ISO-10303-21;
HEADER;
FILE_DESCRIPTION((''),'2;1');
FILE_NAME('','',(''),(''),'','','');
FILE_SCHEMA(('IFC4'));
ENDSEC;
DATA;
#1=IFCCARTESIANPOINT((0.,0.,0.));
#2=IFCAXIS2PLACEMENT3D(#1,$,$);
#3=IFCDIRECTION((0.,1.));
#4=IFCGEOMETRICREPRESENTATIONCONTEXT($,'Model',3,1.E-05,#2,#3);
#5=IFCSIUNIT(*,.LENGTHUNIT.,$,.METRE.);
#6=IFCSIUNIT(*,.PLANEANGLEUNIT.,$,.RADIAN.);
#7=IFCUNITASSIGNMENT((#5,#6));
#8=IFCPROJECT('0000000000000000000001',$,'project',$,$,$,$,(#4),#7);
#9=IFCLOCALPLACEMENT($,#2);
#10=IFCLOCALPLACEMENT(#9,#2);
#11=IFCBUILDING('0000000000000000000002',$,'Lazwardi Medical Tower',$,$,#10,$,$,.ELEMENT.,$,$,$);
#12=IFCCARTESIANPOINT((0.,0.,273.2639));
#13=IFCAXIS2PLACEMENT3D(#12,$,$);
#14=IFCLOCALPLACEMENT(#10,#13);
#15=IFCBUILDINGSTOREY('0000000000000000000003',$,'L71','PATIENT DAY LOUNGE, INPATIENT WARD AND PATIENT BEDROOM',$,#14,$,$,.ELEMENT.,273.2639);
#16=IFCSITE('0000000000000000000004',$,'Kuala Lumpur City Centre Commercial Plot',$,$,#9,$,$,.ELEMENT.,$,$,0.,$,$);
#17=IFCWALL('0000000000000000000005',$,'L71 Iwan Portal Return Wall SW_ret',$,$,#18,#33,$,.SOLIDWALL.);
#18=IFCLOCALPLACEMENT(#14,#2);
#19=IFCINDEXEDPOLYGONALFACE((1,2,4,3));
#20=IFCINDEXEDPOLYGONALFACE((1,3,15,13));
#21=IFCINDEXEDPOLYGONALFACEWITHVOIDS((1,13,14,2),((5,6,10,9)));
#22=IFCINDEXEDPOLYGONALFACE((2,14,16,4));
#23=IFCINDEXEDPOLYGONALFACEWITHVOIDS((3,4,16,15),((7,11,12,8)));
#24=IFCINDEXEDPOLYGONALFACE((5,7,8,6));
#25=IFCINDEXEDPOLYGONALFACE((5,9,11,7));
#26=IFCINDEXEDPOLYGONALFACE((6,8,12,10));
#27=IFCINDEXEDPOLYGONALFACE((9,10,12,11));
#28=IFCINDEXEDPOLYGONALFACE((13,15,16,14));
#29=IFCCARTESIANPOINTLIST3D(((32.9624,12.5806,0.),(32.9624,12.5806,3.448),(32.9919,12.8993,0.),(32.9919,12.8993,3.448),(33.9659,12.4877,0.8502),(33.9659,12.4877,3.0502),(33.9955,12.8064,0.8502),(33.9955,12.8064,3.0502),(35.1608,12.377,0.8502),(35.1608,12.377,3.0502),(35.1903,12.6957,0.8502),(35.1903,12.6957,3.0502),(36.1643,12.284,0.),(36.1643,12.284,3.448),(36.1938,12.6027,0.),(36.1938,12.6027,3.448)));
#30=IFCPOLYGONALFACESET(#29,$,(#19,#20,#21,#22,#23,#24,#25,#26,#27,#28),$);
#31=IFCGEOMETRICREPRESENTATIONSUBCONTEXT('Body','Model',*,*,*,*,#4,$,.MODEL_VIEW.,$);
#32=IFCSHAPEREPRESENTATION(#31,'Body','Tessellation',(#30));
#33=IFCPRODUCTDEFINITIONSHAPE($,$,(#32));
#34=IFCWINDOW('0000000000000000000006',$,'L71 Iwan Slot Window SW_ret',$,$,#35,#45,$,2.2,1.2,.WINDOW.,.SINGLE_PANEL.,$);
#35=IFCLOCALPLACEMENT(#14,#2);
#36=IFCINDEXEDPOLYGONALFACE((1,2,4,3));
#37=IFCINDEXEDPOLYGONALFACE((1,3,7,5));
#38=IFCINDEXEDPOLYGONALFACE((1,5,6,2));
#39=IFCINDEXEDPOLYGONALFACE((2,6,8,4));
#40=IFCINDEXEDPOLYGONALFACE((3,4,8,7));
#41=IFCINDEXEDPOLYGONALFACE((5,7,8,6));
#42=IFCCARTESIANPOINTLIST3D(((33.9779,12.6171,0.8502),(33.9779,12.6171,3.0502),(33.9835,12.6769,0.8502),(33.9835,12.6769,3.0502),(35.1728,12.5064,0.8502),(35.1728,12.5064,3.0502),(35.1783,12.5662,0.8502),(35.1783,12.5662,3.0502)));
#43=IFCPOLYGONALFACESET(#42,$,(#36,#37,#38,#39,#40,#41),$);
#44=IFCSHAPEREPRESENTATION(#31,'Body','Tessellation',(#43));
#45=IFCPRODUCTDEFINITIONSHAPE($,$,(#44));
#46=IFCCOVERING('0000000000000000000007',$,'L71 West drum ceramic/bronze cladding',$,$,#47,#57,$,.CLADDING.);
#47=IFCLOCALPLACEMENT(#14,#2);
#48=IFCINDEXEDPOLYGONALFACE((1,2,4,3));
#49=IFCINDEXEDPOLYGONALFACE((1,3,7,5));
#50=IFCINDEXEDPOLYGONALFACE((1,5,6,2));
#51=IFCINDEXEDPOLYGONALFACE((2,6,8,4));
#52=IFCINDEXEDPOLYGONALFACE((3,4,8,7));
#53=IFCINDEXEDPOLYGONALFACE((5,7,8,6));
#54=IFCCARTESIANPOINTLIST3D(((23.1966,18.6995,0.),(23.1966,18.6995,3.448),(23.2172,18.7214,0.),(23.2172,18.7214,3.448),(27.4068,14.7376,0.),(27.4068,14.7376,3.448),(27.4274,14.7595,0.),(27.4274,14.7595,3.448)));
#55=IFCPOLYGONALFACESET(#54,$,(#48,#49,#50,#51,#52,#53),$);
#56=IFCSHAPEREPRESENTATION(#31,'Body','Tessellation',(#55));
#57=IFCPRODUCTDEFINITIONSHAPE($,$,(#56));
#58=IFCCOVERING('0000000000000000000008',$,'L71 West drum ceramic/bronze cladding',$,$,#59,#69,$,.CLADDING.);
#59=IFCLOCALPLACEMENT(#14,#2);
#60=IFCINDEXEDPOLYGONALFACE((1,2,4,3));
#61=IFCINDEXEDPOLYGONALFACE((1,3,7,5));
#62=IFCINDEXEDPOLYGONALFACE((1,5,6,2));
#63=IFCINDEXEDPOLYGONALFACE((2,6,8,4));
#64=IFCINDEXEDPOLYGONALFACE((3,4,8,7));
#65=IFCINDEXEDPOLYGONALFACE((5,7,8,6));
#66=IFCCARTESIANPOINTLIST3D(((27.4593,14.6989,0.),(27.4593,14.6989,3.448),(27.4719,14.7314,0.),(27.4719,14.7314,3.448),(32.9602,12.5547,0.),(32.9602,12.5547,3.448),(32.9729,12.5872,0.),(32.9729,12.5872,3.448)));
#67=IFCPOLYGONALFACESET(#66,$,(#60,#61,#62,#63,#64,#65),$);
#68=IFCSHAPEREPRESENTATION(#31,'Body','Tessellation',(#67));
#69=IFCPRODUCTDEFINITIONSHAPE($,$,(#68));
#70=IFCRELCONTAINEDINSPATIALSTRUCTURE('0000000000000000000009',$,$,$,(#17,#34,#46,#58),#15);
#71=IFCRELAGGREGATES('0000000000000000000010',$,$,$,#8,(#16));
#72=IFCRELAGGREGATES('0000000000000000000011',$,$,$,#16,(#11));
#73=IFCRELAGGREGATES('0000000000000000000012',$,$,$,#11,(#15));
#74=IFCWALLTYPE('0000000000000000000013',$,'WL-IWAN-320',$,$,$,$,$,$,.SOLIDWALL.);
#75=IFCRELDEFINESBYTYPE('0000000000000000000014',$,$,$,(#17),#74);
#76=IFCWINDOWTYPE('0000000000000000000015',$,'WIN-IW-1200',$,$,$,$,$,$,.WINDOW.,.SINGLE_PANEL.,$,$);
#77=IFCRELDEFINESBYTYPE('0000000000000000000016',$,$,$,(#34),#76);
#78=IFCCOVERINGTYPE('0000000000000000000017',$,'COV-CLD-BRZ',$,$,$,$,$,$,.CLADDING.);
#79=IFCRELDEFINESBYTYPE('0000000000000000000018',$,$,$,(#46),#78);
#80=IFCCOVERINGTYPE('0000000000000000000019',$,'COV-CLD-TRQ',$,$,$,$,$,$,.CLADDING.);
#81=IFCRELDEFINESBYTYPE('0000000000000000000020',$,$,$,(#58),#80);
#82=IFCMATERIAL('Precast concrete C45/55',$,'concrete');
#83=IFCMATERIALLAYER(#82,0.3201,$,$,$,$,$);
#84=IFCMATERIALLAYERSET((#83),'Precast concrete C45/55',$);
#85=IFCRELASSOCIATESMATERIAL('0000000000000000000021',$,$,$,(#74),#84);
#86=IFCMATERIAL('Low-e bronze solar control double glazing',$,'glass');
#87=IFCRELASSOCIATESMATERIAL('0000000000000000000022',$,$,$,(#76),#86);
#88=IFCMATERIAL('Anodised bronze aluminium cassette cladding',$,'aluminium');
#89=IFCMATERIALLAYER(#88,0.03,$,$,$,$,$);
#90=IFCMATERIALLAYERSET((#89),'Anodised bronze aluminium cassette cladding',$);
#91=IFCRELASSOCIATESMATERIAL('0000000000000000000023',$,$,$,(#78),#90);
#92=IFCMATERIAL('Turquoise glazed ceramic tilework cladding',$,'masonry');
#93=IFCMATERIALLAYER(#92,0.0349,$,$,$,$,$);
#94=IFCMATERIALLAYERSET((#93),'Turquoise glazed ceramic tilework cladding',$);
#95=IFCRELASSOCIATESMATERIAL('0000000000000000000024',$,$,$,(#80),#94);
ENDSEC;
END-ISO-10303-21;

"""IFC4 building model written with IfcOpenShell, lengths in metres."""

from ifc_helpers import new_model, si_unit, direction, frame, frame_2d, origin, origin_2d, place, context, subcontext, project, spatial, rectangle, extrude, material, layer, layer_set, type_object, element, fill, save


model = new_model("IFC4")

# Units and contexts
model_context = context("Model", 3, precision=1e-05, world=origin(), true_north=direction((0.0, 1.0)))
body_context = subcontext(model_context, "Body", "Model", "MODEL_VIEW")
ifc_project = project(units=[si_unit("LENGTHUNIT", "METRE"), si_unit("PLANEANGLEUNIT", "RADIAN")], contexts=[model_context])

# Site, building, storey
site_placement = place(None, origin())
site = spatial("IfcSite", under=ifc_project, at=site_placement, Name="Kuala Lumpur City Centre Commercial Plot", CompositionType="ELEMENT", RefElevation=0.0)
building_placement = place(site_placement, origin())
building = spatial("IfcBuilding", under=site, at=building_placement, Name="Lazwardi Medical Tower", CompositionType="ELEMENT")
storey_placement = place(building_placement, frame((0.0, 0.0, 273.2639)))
storey = spatial("IfcBuildingStorey", under=building, at=storey_placement, Name="L71", Description="PATIENT DAY LOUNGE, INPATIENT WARD AND PATIENT BEDROOM", CompositionType="ELEMENT", Elevation=273.2639)

# Wall, opening, window
ifc_material_1 = material(Name="Precast concrete C45/55", Category="concrete")
ifc_material_2 = material(Name="Low-e bronze solar control double glazing", Category="glass")
ifc_layer_1 = layer(ifc_material_1, 0.3201)
ifc_layer_set_1 = layer_set([ifc_layer_1], Name="Precast concrete C45/55")
wall_type_1 = type_object("IfcWallType", Name="WL-IWAN-320", PredefinedType="SOLIDWALL", material=ifc_layer_set_1)
wall_1_placement = place(storey_placement, frame((32.9771, 12.74, 0.0), z_axis=(0.0, 0.0, 1.0), x_axis=(0.995736, -0.092247, 0.0)))
wall_1 = element("IfcWall", 1, at=wall_1_placement, inside=storey, type_object=wall_type_1, Name="L71 Iwan Portal Return Wall SW_ret", PredefinedType="SOLIDWALL", context=body_context, shape_type="SweptSolid", body=[
    extrude(rectangle(XDim=3.2156, YDim=0.3201, at=frame_2d((1.6079, 0.0))), origin(), (0.0, 0.0, 1.0), 3.448),
])
opening_1_placement = place(wall_1_placement, frame((1.0078, 0.0, 0.8501)))
opening_1 = element("IfcOpeningElement", 2, at=opening_1_placement, cuts=wall_1, PredefinedType="OPENING", context=body_context, shape_type="SweptSolid", body=[
    extrude(rectangle(XDim=1.2, YDim=2.2, at=frame_2d((0.6001, 1.1001))), frame((0.0, 0.1699, 0.0), z_axis=(0.0, -1.0, 0.0), x_axis=(1.0, 0.0, 0.0)), (0.0, 0.0, 1.0), 0.3401),
])
window_type_1 = type_object("IfcWindowType", Name="WIN-IW-1200", PartitioningType="SINGLE_PANEL", PredefinedType="WINDOW", material=ifc_material_2)
window_1_placement = place(opening_1_placement, origin())
window_1 = element("IfcWindow", 3, at=window_1_placement, inside=storey, type_object=window_type_1, Name="L71 Iwan Slot Window SW_ret", OverallHeight=2.2, OverallWidth=1.2, PartitioningType="SINGLE_PANEL", PredefinedType="WINDOW", context=body_context, shape_type="SweptSolid", body=[
    extrude(rectangle(XDim=1.2, YDim=2.2, at=frame_2d((0.6001, 1.1001))), frame((0.0, 0.03, 0.0), z_axis=(0.0, -1.0, 0.0), x_axis=(1.0, 0.0, 0.0)), (0.0, 0.0, 1.0), 0.0601),
])
fill(opening_1, window_1)

# Coverings
ifc_material_3 = material(Name="Anodised bronze aluminium cassette cladding", Category="aluminium")
ifc_layer_2 = layer(ifc_material_3, 0.03)
ifc_layer_set_2 = layer_set([ifc_layer_2], Name="Anodised bronze aluminium cassette cladding")
covering_type_1 = type_object("IfcCoveringType", Name="COV-CLD-BRZ", PredefinedType="CLADDING", material=ifc_layer_set_2)
covering_1_placement = place(storey_placement, frame((25.312, 16.7295, 0.0), z_axis=(0.0, 0.0, 1.0), x_axis=(0.728255, -0.685306, 0.0)))
element("IfcCovering", 4, at=covering_1_placement, inside=storey, type_object=covering_type_1, Name="L71 West drum ceramic/bronze cladding", PredefinedType="CLADDING", context=body_context, shape_type="SweptSolid", body=[
    extrude(rectangle(XDim=5.7812, YDim=0.03, at=origin_2d()), origin(), (0.0, 0.0, 1.0), 3.448),
])
ifc_material_4 = material(Name="Turquoise glazed ceramic tilework cladding", Category="masonry")
ifc_layer_3 = layer(ifc_material_4, 0.0349)
ifc_layer_set_3 = layer_set([ifc_layer_3], Name="Turquoise glazed ceramic tilework cladding")
covering_type_2 = type_object("IfcCoveringType", Name="COV-CLD-TRQ", PredefinedType="CLADDING", material=ifc_layer_set_3)
covering_2_placement = place(storey_placement, frame((30.2161, 13.6431, 0.0), z_axis=(0.0, 0.0, 1.0), x_axis=(0.93172, -0.363176, 0.0)))
element("IfcCovering", 5, at=covering_2_placement, inside=storey, type_object=covering_type_2, Name="L71 West drum ceramic/bronze cladding", PredefinedType="CLADDING", context=body_context, shape_type="SweptSolid", body=[
    extrude(rectangle(XDim=5.9041, YDim=0.0349, at=origin_2d()), origin(), (0.0, 0.0, 1.0), 3.448),
])

save(model, "model.ifc")
